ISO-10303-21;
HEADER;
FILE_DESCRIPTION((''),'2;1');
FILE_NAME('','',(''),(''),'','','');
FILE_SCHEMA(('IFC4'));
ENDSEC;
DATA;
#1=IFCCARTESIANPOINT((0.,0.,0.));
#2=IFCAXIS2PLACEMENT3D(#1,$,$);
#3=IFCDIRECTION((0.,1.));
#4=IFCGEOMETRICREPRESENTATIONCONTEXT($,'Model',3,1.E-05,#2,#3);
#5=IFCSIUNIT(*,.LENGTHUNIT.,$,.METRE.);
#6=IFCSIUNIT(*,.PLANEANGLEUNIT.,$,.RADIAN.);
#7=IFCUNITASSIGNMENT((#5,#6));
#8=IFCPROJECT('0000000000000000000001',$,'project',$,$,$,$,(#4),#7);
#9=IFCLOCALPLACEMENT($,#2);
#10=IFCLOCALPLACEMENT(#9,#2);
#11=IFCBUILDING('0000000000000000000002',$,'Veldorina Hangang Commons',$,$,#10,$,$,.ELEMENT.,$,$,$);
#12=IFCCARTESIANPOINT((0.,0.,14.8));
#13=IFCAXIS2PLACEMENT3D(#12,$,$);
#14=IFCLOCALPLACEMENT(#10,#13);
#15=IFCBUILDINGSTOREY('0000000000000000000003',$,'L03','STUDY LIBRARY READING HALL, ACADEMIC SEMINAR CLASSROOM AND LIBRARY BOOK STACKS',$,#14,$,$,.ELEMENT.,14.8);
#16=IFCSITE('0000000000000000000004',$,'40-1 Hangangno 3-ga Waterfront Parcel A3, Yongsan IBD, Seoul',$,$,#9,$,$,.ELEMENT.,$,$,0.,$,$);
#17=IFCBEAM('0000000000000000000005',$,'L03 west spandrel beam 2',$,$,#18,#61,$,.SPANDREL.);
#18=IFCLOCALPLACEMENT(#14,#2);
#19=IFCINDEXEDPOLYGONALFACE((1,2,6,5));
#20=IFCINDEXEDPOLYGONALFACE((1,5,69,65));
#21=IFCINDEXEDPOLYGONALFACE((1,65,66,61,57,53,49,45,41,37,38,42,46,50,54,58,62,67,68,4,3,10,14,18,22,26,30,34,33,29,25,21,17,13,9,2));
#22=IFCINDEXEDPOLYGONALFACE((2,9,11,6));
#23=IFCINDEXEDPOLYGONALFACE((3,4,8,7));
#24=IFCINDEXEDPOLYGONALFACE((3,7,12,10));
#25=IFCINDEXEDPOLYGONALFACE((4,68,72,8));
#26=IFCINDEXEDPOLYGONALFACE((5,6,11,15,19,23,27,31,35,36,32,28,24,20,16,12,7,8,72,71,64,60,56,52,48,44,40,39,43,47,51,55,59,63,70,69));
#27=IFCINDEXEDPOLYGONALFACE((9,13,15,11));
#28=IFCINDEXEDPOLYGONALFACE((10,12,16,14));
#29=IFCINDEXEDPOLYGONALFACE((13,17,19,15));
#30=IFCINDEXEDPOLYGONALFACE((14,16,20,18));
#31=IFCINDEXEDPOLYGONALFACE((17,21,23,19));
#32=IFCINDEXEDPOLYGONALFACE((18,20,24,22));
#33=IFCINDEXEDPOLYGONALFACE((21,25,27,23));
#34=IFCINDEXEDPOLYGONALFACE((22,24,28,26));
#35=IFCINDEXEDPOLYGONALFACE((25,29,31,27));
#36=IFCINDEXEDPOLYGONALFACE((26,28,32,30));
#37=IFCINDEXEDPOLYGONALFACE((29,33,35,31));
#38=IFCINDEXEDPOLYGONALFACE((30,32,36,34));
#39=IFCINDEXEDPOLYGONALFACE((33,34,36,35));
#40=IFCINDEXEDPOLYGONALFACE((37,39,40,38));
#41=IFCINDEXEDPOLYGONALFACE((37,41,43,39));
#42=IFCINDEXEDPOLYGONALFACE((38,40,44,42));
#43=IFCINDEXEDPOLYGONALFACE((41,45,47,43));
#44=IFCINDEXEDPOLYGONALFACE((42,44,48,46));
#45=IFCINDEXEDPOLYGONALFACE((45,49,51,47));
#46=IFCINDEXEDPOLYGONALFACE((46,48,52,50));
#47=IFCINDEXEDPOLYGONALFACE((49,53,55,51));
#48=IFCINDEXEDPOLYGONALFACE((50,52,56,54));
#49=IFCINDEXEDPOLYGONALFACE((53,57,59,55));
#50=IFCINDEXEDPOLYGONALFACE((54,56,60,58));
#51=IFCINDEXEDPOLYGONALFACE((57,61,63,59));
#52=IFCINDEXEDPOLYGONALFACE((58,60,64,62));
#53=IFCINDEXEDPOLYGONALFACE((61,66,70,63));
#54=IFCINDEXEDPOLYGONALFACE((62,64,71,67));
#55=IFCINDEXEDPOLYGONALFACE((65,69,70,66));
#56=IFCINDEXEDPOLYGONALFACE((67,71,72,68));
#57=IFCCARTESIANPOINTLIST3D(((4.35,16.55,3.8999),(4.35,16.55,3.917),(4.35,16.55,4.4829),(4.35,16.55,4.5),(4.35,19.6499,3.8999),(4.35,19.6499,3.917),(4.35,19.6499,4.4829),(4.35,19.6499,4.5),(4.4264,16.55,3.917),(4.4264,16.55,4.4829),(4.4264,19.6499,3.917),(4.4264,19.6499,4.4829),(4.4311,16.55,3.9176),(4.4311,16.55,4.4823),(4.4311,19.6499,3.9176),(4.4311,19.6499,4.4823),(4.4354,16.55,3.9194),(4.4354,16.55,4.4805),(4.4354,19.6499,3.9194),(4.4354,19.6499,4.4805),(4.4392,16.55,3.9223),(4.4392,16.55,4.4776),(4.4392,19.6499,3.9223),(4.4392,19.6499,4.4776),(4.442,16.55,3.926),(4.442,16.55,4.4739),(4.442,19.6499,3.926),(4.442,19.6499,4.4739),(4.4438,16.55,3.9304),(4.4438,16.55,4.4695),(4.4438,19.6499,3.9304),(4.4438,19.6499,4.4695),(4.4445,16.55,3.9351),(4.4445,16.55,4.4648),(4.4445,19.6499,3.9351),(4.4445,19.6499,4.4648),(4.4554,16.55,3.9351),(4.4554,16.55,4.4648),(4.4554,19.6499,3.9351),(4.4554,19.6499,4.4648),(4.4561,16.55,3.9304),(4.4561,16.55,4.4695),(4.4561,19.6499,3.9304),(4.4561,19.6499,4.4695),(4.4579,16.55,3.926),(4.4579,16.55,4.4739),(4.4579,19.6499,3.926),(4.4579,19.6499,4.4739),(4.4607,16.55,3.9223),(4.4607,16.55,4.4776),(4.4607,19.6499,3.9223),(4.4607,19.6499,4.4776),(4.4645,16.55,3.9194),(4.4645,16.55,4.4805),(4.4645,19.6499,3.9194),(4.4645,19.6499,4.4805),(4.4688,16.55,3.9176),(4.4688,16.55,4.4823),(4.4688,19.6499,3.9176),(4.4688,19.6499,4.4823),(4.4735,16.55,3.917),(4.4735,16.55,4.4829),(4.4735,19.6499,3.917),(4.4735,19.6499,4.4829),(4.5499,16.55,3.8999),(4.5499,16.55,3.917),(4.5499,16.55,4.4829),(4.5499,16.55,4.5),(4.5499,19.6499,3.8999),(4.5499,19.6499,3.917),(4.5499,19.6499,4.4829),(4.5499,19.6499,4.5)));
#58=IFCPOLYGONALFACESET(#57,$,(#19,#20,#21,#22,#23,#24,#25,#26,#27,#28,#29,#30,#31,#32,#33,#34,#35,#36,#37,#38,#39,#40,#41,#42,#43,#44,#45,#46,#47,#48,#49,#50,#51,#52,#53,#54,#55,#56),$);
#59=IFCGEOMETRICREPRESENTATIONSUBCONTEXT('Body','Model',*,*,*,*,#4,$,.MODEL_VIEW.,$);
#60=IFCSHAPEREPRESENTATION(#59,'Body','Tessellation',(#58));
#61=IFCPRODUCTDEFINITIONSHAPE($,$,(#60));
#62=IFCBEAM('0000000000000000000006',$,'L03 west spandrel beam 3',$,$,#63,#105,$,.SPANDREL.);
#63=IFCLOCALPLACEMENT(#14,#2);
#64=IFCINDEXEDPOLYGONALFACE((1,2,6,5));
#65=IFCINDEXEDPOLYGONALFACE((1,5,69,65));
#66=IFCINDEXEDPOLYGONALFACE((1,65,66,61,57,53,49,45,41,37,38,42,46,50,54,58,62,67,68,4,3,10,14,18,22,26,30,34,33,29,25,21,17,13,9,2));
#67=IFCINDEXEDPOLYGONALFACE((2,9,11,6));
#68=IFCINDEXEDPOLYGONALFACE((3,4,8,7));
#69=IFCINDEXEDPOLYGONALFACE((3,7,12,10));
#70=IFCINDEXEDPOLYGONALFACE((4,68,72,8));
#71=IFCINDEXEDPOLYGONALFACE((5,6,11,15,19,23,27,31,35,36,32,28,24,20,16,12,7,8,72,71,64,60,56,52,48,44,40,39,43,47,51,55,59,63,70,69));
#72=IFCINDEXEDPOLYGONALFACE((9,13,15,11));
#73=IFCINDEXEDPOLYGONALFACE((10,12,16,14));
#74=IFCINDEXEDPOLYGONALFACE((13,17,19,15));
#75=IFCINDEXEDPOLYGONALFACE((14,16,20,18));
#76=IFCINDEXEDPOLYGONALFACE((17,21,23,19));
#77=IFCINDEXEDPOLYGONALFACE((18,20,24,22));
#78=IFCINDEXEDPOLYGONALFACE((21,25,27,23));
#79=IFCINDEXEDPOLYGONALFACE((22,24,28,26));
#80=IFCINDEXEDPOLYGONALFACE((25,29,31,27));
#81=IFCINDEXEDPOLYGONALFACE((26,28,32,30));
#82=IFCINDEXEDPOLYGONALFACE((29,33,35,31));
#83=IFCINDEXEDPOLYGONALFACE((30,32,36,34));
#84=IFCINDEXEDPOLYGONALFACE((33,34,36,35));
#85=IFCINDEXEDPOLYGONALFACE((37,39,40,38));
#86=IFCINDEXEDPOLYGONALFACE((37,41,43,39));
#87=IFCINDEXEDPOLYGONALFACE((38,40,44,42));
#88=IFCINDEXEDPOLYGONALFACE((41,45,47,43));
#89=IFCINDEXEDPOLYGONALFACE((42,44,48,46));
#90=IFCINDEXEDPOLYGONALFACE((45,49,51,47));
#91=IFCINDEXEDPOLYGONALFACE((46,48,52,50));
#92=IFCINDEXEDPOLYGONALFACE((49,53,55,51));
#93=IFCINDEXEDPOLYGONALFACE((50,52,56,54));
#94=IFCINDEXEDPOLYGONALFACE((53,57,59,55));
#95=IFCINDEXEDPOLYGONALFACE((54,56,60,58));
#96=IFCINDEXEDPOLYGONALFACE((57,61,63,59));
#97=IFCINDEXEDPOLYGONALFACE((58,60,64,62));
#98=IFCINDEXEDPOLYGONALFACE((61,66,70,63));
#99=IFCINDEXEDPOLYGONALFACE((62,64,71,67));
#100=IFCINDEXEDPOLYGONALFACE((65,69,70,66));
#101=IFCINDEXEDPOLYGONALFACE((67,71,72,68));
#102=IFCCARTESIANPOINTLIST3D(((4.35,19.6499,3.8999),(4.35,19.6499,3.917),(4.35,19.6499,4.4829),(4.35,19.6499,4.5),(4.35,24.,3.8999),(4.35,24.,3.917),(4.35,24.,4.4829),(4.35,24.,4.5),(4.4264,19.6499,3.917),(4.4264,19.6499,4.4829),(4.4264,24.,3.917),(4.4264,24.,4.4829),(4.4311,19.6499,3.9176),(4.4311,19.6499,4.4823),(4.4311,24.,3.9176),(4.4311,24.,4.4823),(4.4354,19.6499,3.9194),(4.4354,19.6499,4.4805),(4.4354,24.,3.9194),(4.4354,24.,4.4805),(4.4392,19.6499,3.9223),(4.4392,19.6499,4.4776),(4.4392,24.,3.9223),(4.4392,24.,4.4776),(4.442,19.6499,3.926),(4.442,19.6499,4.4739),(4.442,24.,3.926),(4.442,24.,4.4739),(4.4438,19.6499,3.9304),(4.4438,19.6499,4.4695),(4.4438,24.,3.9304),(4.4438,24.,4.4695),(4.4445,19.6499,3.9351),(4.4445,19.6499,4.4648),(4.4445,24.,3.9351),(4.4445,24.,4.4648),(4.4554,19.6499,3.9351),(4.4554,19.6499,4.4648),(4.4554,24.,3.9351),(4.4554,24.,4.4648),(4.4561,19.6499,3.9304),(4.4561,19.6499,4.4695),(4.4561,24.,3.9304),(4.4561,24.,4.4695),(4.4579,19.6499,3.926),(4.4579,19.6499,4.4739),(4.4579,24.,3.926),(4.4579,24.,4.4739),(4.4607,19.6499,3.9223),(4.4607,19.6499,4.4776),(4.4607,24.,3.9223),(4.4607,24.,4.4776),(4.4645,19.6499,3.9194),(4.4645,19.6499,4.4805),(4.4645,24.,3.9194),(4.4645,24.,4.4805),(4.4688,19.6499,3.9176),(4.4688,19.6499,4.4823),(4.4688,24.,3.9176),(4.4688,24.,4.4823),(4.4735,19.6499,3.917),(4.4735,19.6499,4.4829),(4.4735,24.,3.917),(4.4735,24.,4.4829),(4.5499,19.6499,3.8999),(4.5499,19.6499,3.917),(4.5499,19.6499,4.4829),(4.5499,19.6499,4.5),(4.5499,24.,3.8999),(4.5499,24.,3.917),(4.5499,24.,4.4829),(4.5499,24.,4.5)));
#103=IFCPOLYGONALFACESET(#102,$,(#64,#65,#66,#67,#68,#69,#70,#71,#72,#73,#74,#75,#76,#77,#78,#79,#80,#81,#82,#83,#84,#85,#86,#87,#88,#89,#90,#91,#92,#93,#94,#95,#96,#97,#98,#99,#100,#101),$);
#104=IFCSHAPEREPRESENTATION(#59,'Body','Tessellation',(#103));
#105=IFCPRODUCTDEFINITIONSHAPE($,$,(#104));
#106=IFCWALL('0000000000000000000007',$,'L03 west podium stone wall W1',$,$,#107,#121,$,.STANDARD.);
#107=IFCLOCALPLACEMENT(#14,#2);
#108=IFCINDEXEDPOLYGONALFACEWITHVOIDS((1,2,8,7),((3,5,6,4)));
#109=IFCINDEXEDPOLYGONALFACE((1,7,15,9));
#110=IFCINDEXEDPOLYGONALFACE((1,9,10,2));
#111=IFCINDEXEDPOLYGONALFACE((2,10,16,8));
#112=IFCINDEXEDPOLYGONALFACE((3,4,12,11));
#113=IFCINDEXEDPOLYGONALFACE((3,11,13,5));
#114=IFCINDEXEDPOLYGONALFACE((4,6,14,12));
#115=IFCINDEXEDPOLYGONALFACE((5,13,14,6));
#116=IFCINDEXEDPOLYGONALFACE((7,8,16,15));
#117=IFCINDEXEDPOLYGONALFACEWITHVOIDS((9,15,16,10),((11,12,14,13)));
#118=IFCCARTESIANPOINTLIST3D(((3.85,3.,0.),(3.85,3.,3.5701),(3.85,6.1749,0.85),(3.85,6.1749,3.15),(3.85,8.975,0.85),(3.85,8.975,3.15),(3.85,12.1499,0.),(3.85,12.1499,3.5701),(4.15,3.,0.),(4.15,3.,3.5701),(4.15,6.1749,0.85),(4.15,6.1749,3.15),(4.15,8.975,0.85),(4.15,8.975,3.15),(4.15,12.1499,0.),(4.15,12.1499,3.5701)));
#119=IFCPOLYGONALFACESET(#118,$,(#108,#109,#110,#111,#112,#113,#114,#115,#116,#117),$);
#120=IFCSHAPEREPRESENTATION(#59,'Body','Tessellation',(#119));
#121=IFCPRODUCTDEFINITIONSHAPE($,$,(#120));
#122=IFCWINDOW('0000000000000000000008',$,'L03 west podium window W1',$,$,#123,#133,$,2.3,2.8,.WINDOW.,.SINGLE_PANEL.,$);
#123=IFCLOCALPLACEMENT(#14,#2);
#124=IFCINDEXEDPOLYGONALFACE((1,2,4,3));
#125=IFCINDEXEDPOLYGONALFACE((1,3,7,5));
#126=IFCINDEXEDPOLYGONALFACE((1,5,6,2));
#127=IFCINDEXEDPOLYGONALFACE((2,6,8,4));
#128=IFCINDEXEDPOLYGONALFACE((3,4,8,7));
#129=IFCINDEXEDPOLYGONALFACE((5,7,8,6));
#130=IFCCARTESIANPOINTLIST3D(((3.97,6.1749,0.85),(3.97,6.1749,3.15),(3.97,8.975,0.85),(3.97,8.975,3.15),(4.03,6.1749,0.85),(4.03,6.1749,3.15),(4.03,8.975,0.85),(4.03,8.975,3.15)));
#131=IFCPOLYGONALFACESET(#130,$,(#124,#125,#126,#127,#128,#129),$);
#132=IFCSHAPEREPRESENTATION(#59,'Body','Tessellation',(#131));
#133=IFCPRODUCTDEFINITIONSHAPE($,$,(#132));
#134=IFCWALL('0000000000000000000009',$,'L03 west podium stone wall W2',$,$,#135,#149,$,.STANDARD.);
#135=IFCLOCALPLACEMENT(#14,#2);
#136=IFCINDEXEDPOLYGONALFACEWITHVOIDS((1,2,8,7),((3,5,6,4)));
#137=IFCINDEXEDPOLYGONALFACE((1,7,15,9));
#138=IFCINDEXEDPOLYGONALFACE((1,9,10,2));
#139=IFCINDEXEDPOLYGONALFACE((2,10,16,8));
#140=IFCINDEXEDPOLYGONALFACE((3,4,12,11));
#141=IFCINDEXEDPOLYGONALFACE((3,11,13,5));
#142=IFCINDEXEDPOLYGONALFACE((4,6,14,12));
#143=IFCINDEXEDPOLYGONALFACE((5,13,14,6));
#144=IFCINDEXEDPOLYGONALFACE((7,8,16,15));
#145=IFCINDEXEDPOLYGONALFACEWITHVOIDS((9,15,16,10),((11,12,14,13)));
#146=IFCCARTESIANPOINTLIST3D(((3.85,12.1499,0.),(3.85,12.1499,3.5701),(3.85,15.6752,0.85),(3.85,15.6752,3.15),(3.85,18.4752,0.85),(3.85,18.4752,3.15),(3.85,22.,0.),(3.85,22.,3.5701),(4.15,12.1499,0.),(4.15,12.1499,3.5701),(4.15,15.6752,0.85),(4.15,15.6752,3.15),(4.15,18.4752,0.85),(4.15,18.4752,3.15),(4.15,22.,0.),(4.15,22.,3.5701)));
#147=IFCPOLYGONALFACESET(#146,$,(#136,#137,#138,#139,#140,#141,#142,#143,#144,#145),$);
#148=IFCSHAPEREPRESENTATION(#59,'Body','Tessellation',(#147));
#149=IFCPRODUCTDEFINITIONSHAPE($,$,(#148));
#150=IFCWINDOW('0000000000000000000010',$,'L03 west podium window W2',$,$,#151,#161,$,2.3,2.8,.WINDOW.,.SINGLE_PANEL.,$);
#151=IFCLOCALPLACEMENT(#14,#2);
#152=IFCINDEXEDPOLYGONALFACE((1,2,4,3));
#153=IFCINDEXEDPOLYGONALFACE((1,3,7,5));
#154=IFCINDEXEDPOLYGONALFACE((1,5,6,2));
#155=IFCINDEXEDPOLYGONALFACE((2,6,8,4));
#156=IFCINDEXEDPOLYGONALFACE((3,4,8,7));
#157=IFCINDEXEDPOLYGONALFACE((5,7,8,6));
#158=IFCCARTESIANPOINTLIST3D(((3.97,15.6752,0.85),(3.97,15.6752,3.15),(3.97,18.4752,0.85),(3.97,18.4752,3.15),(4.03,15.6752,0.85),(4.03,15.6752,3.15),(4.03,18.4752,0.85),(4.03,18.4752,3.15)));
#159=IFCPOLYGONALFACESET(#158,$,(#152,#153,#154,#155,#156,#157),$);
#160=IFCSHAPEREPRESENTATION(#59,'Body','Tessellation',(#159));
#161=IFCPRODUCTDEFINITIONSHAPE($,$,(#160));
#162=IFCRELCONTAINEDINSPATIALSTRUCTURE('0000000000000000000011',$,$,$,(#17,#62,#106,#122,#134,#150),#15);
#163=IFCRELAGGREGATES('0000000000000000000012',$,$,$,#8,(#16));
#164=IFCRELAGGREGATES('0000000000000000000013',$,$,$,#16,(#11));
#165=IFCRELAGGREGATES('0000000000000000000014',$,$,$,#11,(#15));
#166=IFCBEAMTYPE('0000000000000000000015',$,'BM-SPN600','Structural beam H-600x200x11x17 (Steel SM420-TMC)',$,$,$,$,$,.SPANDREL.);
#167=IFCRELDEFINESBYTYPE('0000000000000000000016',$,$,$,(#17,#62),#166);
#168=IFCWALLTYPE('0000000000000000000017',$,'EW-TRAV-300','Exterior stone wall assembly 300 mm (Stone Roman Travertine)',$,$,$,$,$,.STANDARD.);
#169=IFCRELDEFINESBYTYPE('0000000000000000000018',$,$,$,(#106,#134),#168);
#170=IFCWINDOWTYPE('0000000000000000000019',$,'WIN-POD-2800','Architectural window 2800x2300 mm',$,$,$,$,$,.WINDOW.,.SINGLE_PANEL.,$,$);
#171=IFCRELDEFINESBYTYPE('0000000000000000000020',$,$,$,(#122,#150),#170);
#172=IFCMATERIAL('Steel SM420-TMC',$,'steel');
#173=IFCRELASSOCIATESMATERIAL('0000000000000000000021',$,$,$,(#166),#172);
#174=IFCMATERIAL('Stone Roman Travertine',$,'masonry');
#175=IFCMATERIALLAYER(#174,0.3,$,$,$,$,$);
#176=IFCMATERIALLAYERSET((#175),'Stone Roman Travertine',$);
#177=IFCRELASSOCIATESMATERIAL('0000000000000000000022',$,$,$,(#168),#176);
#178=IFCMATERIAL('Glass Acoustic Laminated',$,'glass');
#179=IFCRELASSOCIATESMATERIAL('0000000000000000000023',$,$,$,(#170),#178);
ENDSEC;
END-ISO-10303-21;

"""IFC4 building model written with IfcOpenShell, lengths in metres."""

from ifc_helpers import new_model, si_unit, direction, frame, frame_2d, origin, origin_2d, place, context, subcontext, project, spatial, rectangle, i_section, extrude, material, layer, layer_set, material_profile, profile_set, type_object, element, fill, save


model = new_model("IFC4")

# Units and contexts
model_context = context("Model", 3, precision=1e-05, world=origin(), true_north=direction((0.0, 1.0)))
body_context = subcontext(model_context, "Body", "Model", "MODEL_VIEW")
ifc_project = project(units=[si_unit("LENGTHUNIT", "METRE"), si_unit("PLANEANGLEUNIT", "RADIAN")], contexts=[model_context])

# Site, building, storey
site_placement = place(None, origin())
site = spatial("IfcSite", under=ifc_project, at=site_placement, Name="40-1 Hangangno 3-ga Waterfront Parcel A3, Yongsan IBD, Seoul", CompositionType="ELEMENT", RefElevation=0.0)
building_placement = place(site_placement, origin())
building = spatial("IfcBuilding", under=site, at=building_placement, Name="Veldorina Hangang Commons", CompositionType="ELEMENT")
storey_placement = place(building_placement, frame((0.0, 0.0, 14.8)))
storey = spatial("IfcBuildingStorey", under=building, at=storey_placement, Name="L03", Description="STUDY LIBRARY READING HALL, ACADEMIC SEMINAR CLASSROOM AND LIBRARY BOOK STACKS", CompositionType="ELEMENT", Elevation=14.8)

# Shared definitions
ifc_material_1 = material(Name="Steel SM420-TMC", Category="steel")

# Beams
ifc_material_profile_1 = material_profile(ifc_material_1, i_section(OverallWidth=0.2, OverallDepth=0.6001, WebThickness=0.011, FlangeThickness=0.0171, FilletRadius=0.0181, at=origin_2d()), Name="H-600x200x11x17")
ifc_profile_set_1 = profile_set([ifc_material_profile_1], Name="Steel SM420-TMC")
beam_type_1 = type_object("IfcBeamType", Name="BM-SPN600", Description="Structural beam H-600x200x11x17 (Steel SM420-TMC)", PredefinedType="SPANDREL", material=ifc_profile_set_1)
beam_1_placement = place(storey_placement, frame((4.45, 16.55, 4.2), z_axis=(0.0, 1.0, 0.0), x_axis=(-1.0, 0.0, 0.0)))
element("IfcBeam", 1, at=beam_1_placement, inside=storey, type_object=beam_type_1, Name="L03 west spandrel beam 2", PredefinedType="SPANDREL", context=body_context, shape_type="SweptSolid", body=[
    extrude(i_section(OverallWidth=0.2, OverallDepth=0.6001, WebThickness=0.011, FlangeThickness=0.0171, FilletRadius=0.0181, at=origin_2d()), origin(), (0.0, 0.0, 1.0), 3.0999),
])
beam_2_placement = place(storey_placement, frame((4.45, 19.6499, 4.2), z_axis=(0.0, 1.0, 0.0), x_axis=(-1.0, 0.0, 0.0)))
element("IfcBeam", 2, at=beam_2_placement, inside=storey, type_object=beam_type_1, Name="L03 west spandrel beam 3", PredefinedType="SPANDREL", context=body_context, shape_type="SweptSolid", body=[
    extrude(i_section(OverallWidth=0.2, OverallDepth=0.6001, WebThickness=0.011, FlangeThickness=0.0171, FilletRadius=0.0181, at=origin_2d()), origin(), (0.0, 0.0, 1.0), 4.3501),
])

# Walls, openings, windows
ifc_material_2 = material(Name="Stone Roman Travertine", Category="masonry")
ifc_layer_1 = layer(ifc_material_2, 0.3)
ifc_layer_set_1 = layer_set([ifc_layer_1], Name="Stone Roman Travertine")
wall_type_1 = type_object("IfcWallType", Name="EW-TRAV-300", Description="Exterior stone wall assembly 300 mm (Stone Roman Travertine)", PredefinedType="STANDARD", material=ifc_layer_set_1)
wall_1_placement = place(storey_placement, frame((4.0, 12.1499, 0.0), z_axis=(0.0, 0.0, 1.0), x_axis=(0.0, -1.0, 0.0)))
wall_1 = element("IfcWall", 3, at=wall_1_placement, inside=storey, type_object=wall_type_1, Name="L03 west podium stone wall W1", PredefinedType="STANDARD", context=body_context, shape_type="SweptSolid", body=[
    extrude(rectangle(XDim=9.1499, YDim=0.3, at=frame_2d((4.575, 0.0))), origin(), (0.0, 0.0, 1.0), 3.5701),
])
opening_1_placement = place(wall_1_placement, frame((3.175, 0.0, 0.8501)))
opening_1 = element("IfcOpeningElement", 4, at=opening_1_placement, cuts=wall_1, PredefinedType="OPENING", context=body_context, shape_type="SweptSolid", body=[
    extrude(rectangle(XDim=2.8, YDim=2.3, at=frame_2d((1.3999, 1.1499))), frame((0.0, 0.1602, 0.0), z_axis=(0.0, -1.0, 0.0), x_axis=(1.0, 0.0, 0.0)), (0.0, 0.0, 1.0), 0.3201),
])
ifc_material_3 = material(Name="Glass Acoustic Laminated", Category="glass")
window_type = type_object("IfcWindowType", Name="WIN-POD-2800", Description="Architectural window 2800x2300 mm", PartitioningType="SINGLE_PANEL", PredefinedType="WINDOW", material=ifc_material_3)
window_1_placement = place(opening_1_placement, origin())
window_1 = element("IfcWindow", 5, at=window_1_placement, inside=storey, type_object=window_type, Name="L03 west podium window W1", OverallHeight=2.3, OverallWidth=2.8, PartitioningType="SINGLE_PANEL", PredefinedType="WINDOW", context=body_context, shape_type="SweptSolid", body=[
    extrude(rectangle(XDim=2.8, YDim=2.3, at=frame_2d((1.3999, 1.1499))), frame((0.0, 0.03, 0.0), z_axis=(0.0, -1.0, 0.0), x_axis=(1.0, 0.0, 0.0)), (0.0, 0.0, 1.0), 0.0601),
])
fill(opening_1, window_1)
wall_2_placement = place(storey_placement, frame((4.0, 22.0, 0.0), z_axis=(0.0, 0.0, 1.0), x_axis=(0.0, -1.0, 0.0)))
wall_2 = element("IfcWall", 6, at=wall_2_placement, inside=storey, type_object=wall_type_1, Name="L03 west podium stone wall W2", PredefinedType="STANDARD", context=body_context, shape_type="SweptSolid", body=[
    extrude(rectangle(XDim=9.8501, YDim=0.3, at=frame_2d((4.925, 0.0))), origin(), (0.0, 0.0, 1.0), 3.5701),
])
opening_2_placement = place(wall_2_placement, frame((3.5249, 0.0, 0.8501)))
opening_2 = element("IfcOpeningElement", 7, at=opening_2_placement, cuts=wall_2, PredefinedType="OPENING", context=body_context, shape_type="SweptSolid", body=[
    extrude(rectangle(XDim=2.8, YDim=2.3, at=frame_2d((1.3999, 1.1499))), frame((0.0, 0.1602, 0.0), z_axis=(0.0, -1.0, 0.0), x_axis=(1.0, 0.0, 0.0)), (0.0, 0.0, 1.0), 0.3201),
])
window_2_placement = place(opening_2_placement, origin())
window_2 = element("IfcWindow", 8, at=window_2_placement, inside=storey, type_object=window_type, Name="L03 west podium window W2", OverallHeight=2.3, OverallWidth=2.8, PartitioningType="SINGLE_PANEL", PredefinedType="WINDOW", context=body_context, shape_type="SweptSolid", body=[
    extrude(rectangle(XDim=2.8, YDim=2.3, at=frame_2d((1.3999, 1.1499))), frame((0.0, 0.03, 0.0), z_axis=(0.0, -1.0, 0.0), x_axis=(1.0, 0.0, 0.0)), (0.0, 0.0, 1.0), 0.0601),
])
fill(opening_2, window_2)

save(model, "model.ifc")
